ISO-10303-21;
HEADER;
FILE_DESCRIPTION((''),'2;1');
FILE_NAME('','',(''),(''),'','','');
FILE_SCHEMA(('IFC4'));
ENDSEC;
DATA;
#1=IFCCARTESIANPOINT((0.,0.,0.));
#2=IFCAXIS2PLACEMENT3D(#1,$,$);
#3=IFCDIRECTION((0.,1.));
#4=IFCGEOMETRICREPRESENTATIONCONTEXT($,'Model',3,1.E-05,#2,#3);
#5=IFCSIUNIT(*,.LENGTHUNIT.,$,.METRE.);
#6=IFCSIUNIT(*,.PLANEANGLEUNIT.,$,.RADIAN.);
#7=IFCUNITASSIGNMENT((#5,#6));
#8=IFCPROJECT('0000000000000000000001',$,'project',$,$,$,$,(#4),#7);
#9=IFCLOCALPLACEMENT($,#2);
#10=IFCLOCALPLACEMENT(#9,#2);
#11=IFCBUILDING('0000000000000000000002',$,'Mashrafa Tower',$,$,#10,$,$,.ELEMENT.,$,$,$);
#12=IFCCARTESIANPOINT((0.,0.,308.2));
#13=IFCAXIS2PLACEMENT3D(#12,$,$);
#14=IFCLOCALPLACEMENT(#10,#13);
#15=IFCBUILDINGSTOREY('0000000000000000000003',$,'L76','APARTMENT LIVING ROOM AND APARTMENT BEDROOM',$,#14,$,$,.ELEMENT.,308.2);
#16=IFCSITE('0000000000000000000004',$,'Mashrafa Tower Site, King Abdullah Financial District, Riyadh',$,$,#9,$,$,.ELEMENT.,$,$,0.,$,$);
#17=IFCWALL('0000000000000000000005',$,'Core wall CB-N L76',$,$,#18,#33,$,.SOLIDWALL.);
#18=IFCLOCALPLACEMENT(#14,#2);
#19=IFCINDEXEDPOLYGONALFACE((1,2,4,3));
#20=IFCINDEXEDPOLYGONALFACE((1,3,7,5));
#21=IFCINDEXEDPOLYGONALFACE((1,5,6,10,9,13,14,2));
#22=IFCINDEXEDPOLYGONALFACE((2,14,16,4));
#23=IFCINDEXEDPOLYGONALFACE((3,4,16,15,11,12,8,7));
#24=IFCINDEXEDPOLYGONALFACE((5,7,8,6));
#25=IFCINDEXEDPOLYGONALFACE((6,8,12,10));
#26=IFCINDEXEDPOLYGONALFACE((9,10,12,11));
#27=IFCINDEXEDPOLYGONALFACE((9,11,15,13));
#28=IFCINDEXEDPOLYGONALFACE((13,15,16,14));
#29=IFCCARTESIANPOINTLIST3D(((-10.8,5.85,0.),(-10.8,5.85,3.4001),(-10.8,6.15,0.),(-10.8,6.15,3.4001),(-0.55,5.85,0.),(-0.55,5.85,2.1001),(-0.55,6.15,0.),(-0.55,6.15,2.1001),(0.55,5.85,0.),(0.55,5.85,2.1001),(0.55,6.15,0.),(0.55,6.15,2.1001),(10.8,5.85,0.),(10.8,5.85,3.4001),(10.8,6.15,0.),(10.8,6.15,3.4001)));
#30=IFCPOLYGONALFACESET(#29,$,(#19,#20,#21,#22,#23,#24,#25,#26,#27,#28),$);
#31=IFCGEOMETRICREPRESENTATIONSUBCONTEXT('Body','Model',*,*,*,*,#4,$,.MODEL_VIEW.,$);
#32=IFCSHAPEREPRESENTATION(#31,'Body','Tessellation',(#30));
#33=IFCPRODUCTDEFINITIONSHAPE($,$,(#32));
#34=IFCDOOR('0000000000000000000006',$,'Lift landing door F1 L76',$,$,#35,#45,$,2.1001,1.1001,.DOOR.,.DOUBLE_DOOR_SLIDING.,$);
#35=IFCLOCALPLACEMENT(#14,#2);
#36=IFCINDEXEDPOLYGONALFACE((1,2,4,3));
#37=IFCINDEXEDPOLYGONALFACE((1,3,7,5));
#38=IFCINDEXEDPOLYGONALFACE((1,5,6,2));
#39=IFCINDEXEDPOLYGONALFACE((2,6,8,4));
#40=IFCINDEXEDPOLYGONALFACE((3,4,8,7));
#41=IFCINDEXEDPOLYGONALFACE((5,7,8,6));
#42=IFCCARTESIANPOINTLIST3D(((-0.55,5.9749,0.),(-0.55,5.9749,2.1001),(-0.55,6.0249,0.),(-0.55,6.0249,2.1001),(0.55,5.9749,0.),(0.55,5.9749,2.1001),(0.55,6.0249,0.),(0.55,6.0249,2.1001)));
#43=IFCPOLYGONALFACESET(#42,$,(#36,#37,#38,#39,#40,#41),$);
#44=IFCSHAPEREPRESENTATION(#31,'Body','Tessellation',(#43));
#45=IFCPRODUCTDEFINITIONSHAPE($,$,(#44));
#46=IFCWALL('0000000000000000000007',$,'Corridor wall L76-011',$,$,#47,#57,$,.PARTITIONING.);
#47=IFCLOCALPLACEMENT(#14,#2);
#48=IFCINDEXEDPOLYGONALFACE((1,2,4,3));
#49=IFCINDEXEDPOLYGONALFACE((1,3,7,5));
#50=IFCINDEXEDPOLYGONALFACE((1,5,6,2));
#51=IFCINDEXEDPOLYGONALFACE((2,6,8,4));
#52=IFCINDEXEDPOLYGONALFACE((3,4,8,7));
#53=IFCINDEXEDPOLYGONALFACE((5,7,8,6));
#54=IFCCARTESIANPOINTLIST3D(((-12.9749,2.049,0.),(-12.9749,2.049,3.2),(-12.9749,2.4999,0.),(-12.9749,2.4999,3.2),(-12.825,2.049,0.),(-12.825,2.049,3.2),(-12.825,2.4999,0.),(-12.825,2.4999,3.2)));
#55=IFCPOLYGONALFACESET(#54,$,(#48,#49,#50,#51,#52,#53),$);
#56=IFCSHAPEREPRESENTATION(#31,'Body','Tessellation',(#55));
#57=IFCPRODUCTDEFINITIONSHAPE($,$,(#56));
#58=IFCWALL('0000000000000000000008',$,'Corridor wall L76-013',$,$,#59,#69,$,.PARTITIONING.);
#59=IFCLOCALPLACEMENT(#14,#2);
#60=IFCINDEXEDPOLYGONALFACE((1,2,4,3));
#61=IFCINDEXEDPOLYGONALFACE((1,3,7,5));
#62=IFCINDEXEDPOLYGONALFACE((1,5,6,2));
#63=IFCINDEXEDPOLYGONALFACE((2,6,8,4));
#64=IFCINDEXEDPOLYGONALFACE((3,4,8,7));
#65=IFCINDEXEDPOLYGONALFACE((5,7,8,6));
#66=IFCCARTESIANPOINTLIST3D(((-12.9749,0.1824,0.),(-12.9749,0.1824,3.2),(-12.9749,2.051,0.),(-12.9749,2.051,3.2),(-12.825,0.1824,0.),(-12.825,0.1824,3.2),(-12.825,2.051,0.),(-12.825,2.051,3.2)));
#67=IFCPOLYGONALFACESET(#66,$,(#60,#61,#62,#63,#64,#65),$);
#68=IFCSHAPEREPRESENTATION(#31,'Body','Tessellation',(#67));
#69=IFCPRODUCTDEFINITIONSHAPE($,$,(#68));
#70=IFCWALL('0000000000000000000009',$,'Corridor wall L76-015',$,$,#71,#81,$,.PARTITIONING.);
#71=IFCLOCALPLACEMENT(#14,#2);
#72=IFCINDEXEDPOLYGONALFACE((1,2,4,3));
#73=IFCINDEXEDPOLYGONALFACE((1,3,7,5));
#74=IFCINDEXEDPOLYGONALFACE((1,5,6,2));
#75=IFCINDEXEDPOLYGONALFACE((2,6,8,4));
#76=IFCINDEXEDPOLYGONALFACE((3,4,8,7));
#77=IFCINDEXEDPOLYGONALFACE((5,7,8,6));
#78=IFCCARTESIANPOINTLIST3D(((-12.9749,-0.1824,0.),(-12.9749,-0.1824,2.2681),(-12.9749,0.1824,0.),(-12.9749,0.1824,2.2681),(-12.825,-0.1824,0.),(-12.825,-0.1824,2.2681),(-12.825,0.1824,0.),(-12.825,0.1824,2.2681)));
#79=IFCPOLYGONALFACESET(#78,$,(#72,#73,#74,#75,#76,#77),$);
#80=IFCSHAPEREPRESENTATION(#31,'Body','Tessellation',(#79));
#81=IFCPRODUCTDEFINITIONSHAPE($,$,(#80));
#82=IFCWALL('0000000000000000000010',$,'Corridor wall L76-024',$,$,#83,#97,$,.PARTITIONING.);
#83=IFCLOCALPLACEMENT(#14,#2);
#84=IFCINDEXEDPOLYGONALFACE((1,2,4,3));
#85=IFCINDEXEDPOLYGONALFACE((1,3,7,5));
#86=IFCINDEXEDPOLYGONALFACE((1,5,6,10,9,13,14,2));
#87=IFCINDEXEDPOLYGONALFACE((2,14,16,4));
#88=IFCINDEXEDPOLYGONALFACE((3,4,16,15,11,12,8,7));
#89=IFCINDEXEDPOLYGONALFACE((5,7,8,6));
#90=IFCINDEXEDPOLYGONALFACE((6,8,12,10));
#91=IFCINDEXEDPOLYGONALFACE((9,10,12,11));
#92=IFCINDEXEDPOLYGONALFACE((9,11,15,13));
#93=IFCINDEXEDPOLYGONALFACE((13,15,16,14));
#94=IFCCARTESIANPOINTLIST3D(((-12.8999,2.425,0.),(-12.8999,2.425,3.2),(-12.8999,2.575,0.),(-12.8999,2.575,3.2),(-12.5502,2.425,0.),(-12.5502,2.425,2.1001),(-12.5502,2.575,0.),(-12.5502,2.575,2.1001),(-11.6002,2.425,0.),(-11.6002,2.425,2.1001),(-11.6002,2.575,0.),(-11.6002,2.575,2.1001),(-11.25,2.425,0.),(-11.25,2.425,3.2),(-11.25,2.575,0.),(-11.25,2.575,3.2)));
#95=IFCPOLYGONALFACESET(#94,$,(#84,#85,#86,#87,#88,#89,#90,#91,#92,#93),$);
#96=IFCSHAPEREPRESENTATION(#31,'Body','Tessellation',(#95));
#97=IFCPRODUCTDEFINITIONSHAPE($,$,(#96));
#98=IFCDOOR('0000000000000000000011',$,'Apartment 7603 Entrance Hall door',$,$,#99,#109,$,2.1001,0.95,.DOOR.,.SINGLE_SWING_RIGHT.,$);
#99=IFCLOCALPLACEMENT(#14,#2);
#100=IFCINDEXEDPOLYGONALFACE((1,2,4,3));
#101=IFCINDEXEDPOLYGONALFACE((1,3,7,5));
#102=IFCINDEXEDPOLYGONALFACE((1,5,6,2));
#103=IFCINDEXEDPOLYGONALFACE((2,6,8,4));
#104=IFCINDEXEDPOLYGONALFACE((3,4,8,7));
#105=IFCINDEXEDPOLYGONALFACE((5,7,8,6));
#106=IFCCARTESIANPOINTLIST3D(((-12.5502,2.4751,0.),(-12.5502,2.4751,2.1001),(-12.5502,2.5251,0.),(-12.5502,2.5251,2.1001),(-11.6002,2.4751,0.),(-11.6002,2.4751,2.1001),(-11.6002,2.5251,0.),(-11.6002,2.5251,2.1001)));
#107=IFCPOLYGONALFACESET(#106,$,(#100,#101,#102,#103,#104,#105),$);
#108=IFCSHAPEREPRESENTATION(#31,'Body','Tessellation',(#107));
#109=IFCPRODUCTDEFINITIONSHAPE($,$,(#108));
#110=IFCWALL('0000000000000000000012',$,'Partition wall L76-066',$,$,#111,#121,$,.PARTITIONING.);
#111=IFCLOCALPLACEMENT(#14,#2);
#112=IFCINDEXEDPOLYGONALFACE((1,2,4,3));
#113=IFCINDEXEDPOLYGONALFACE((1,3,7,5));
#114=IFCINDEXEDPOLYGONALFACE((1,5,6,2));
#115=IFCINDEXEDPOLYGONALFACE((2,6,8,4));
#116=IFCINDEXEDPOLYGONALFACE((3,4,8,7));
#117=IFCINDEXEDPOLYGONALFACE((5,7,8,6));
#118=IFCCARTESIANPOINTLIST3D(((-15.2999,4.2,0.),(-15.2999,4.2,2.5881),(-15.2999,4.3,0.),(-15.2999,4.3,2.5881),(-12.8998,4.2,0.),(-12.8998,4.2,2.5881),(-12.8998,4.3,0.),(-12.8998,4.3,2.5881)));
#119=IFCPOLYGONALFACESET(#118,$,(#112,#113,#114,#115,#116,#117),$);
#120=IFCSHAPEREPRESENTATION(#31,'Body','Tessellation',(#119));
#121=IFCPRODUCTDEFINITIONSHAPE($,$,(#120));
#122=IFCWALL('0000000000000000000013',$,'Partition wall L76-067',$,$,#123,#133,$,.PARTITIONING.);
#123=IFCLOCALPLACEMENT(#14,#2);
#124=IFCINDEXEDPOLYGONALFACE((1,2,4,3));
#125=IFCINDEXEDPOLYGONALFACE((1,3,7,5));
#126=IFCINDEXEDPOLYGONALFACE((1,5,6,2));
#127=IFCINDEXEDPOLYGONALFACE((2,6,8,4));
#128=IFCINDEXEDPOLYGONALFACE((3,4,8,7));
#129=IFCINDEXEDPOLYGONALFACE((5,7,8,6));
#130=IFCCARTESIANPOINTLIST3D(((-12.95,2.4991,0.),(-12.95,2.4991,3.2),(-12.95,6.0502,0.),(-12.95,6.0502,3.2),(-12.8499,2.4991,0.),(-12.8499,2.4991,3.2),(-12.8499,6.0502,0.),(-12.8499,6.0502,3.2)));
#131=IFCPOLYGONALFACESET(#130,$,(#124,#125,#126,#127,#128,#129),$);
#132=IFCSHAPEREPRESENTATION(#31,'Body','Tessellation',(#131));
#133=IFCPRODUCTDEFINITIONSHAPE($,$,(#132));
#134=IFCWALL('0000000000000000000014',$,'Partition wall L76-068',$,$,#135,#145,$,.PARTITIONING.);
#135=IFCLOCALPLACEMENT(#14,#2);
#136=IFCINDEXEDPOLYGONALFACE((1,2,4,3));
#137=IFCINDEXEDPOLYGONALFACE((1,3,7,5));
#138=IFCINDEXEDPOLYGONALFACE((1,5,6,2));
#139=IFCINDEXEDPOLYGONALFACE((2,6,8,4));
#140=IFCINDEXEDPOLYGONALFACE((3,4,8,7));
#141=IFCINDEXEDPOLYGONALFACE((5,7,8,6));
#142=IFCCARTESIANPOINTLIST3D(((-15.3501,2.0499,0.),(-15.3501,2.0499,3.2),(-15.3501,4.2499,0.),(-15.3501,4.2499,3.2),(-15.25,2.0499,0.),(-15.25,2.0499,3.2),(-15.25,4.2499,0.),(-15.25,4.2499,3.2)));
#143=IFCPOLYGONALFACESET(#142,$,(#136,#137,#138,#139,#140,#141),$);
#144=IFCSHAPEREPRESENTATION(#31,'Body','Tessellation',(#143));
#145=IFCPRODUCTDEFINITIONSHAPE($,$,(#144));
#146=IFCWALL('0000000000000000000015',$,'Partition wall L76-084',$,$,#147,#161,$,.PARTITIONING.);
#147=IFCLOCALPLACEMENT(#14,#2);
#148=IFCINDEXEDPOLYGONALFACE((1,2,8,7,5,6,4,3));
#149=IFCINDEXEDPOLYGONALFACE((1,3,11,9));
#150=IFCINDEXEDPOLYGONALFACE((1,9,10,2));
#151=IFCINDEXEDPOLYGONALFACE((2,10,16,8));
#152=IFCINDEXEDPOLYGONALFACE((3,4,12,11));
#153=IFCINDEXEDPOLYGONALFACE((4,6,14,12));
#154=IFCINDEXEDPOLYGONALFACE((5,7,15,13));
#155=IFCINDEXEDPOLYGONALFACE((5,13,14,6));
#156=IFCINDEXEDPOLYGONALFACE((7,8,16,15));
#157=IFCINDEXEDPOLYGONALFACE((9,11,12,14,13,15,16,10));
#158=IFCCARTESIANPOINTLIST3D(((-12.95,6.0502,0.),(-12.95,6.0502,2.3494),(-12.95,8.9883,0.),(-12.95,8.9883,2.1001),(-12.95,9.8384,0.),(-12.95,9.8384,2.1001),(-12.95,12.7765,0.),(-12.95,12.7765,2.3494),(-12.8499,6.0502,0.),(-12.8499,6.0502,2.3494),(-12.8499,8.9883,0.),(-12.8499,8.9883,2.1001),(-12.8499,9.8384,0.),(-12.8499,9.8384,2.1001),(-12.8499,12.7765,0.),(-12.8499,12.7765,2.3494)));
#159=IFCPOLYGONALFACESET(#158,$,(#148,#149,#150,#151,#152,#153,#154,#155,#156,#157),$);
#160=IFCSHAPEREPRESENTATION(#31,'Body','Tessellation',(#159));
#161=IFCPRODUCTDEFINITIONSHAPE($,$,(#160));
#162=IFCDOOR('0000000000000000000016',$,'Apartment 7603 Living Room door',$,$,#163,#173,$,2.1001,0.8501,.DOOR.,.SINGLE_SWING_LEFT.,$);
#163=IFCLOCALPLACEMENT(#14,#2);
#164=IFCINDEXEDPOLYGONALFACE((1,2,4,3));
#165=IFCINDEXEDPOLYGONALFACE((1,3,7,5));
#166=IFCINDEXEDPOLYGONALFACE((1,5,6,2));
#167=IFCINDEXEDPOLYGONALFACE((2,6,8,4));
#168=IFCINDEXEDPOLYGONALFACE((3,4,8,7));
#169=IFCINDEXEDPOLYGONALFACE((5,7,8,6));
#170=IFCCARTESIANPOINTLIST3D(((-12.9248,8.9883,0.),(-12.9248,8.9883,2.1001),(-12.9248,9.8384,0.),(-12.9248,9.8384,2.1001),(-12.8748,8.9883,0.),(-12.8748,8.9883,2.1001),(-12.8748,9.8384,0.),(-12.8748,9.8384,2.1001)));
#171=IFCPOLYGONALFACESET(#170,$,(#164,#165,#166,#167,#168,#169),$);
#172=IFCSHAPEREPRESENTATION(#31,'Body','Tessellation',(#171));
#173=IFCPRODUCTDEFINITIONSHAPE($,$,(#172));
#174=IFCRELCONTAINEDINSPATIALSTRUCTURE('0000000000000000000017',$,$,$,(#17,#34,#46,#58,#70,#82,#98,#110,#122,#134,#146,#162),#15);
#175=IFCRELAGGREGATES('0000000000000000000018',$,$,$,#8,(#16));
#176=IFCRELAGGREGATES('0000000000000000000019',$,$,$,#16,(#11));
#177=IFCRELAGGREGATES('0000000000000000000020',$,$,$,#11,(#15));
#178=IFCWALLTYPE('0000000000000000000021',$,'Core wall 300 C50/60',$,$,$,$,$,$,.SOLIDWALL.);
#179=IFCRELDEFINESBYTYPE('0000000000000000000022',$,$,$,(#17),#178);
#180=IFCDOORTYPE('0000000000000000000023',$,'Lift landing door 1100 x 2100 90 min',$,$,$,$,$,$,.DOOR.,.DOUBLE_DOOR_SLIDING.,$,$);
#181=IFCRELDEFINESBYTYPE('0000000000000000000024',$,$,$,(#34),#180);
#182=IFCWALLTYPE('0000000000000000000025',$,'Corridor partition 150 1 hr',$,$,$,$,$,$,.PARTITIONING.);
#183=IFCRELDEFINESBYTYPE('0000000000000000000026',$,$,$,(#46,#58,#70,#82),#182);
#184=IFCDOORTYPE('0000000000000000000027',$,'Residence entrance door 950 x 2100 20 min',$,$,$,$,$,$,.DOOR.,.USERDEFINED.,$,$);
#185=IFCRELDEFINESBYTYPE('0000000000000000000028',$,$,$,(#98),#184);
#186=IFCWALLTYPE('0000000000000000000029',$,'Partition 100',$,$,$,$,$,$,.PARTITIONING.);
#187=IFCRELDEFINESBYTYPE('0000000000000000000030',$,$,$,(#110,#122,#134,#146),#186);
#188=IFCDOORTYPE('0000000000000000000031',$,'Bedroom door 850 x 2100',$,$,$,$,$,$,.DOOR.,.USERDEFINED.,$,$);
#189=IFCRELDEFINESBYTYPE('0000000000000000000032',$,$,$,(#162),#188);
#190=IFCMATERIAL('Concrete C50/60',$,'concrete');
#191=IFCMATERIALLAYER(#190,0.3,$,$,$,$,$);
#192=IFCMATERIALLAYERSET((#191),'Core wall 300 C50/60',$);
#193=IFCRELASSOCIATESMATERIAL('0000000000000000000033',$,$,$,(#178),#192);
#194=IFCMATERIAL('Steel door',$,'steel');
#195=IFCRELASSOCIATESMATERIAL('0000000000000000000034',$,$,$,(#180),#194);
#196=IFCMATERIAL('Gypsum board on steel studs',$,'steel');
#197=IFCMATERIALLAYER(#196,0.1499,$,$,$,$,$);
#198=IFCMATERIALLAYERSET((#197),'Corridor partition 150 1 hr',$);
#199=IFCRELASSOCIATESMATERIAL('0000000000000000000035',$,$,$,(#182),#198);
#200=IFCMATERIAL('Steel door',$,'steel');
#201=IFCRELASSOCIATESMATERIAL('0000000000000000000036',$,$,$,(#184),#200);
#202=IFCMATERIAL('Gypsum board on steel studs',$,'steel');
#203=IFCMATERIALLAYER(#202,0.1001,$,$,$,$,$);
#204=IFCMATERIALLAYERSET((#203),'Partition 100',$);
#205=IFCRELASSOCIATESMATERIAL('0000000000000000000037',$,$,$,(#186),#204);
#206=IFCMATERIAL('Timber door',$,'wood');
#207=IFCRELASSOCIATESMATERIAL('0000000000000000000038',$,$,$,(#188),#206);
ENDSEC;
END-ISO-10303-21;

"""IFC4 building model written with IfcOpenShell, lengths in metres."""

from ifc_helpers import new_model, si_unit, direction, frame, frame_2d, origin, place, context, subcontext, project, spatial, rectangle, extrude, material, layer, layer_set, type_object, element, fill, save


model = new_model("IFC4")

# Units and contexts
model_context = context("Model", 3, precision=1e-05, world=origin(), true_north=direction((0.0, 1.0)))
body_context = subcontext(model_context, "Body", "Model", "MODEL_VIEW")
ifc_project = project(units=[si_unit("LENGTHUNIT", "METRE"), si_unit("PLANEANGLEUNIT", "RADIAN")], contexts=[model_context])

# Site, building, storey
site_placement = place(None, origin())
site = spatial("IfcSite", under=ifc_project, at=site_placement, Name="Mashrafa Tower Site, King Abdullah Financial District, Riyadh", CompositionType="ELEMENT", RefElevation=0.0)
building_placement = place(site_placement, origin())
building = spatial("IfcBuilding", under=site, at=building_placement, Name="Mashrafa Tower", CompositionType="ELEMENT")
storey_placement = place(building_placement, frame((0.0, 0.0, 308.2)))
storey = spatial("IfcBuildingStorey", under=building, at=storey_placement, Name="L76", Description="APARTMENT LIVING ROOM AND APARTMENT BEDROOM", CompositionType="ELEMENT", Elevation=308.2)

# Shared definitions
ifc_material_1 = material(Name="Concrete C50/60", Category="concrete")
ifc_layer_1 = layer(ifc_material_1, 0.3)
ifc_layer_set_1 = layer_set([ifc_layer_1], Name="Core wall 300 C50/60")
wall_type_1 = type_object("IfcWallType", Name="Core wall 300 C50/60", PredefinedType="SOLIDWALL", material=ifc_layer_set_1)

# Wall, opening, door
wall_1_placement = place(storey_placement, frame((-10.8, 6.0, 0.0), z_axis=(0.0, 0.0, 1.0), x_axis=(1.0, 0.0, 0.0)))
wall_1 = element("IfcWall", 1, at=wall_1_placement, inside=storey, type_object=wall_type_1, Name="Core wall CB-N L76", PredefinedType="SOLIDWALL", context=body_context, shape_type="SweptSolid", body=[
    extrude(rectangle(XDim=21.6001, YDim=0.3, at=frame_2d((10.8, 0.0))), origin(), (0.0, 0.0, 1.0), 3.4001),
])
opening_1_placement = place(wall_1_placement, frame((10.25, 0.0, 0.0)))
opening_1 = element("IfcOpeningElement", 2, at=opening_1_placement, cuts=wall_1, PredefinedType="OPENING", context=body_context, shape_type="SweptSolid", body=[
    extrude(rectangle(XDim=1.1001, YDim=2.1001, at=frame_2d((0.55, 1.05))), frame((0.0, 0.1599, 0.0), z_axis=(0.0, -1.0, 0.0), x_axis=(1.0, 0.0, 0.0)), (0.0, 0.0, 1.0), 0.3201),
])
ifc_material_2 = material(Name="Steel door", Category="steel")
door_type_1 = type_object("IfcDoorType", Name="Lift landing door 1100 x 2100 90 min", OperationType="DOUBLE_DOOR_SLIDING", PredefinedType="DOOR", material=ifc_material_2)
door_1_placement = place(opening_1_placement, origin())
door_1 = element("IfcDoor", 3, at=door_1_placement, inside=storey, type_object=door_type_1, Name="Lift landing door F1 L76", OperationType="DOUBLE_DOOR_SLIDING", OverallHeight=2.1001, OverallWidth=1.1001, PredefinedType="DOOR", context=body_context, shape_type="SweptSolid", body=[
    extrude(rectangle(XDim=1.1001, YDim=2.1001, at=frame_2d((0.55, 1.05))), frame((0.0, 0.0249, 0.0), z_axis=(0.0, -1.0, 0.0), x_axis=(1.0, 0.0, 0.0)), (0.0, 0.0, 1.0), 0.05),
])
fill(opening_1, door_1)

# Walls
ifc_material_3 = material(Name="Gypsum board on steel studs", Category="steel")
ifc_layer_2 = layer(ifc_material_3, 0.1499)
ifc_layer_set_2 = layer_set([ifc_layer_2], Name="Corridor partition 150 1 hr")
wall_type_2 = type_object("IfcWallType", Name="Corridor partition 150 1 hr", PredefinedType="PARTITIONING", material=ifc_layer_set_2)
wall_2_placement = place(storey_placement, frame((-12.8999, 2.5, 0.0), z_axis=(0.0, 0.0, 1.0), x_axis=(0.0, -1.0, 0.0)))
element("IfcWall", 4, at=wall_2_placement, inside=storey, type_object=wall_type_2, Name="Corridor wall L76-011", PredefinedType="PARTITIONING", context=body_context, shape_type="SweptSolid", body=[
    extrude(rectangle(XDim=0.4509, YDim=0.1499, at=frame_2d((0.2256, 0.0))), origin(), (0.0, 0.0, 1.0), 3.2),
])
wall_3_placement = place(storey_placement, frame((-12.8999, 2.051, 0.0), z_axis=(0.0, 0.0, 1.0), x_axis=(0.0, -1.0, 0.0)))
element("IfcWall", 5, at=wall_3_placement, inside=storey, type_object=wall_type_2, Name="Corridor wall L76-013", PredefinedType="PARTITIONING", context=body_context, shape_type="SweptSolid", body=[
    extrude(rectangle(XDim=1.8687, YDim=0.1499, at=frame_2d((0.9343, 0.0))), origin(), (0.0, 0.0, 1.0), 3.2),
])
wall_4_placement = place(storey_placement, frame((-12.8999, 0.1824, 0.0), z_axis=(0.0, 0.0, 1.0), x_axis=(0.0, -1.0, 0.0)))
element("IfcWall", 6, at=wall_4_placement, inside=storey, type_object=wall_type_2, Name="Corridor wall L76-015", PredefinedType="PARTITIONING", context=body_context, shape_type="SweptSolid", body=[
    extrude(rectangle(XDim=0.3647, YDim=0.1499, at=frame_2d((0.1824, 0.0))), origin(), (0.0, 0.0, 1.0), 2.2681),
])

# Wall, opening, door
wall_5_placement = place(storey_placement, frame((-11.25, 2.5, 0.0), z_axis=(0.0, 0.0, 1.0), x_axis=(-1.0, 0.0, 0.0)))
wall_5 = element("IfcWall", 7, at=wall_5_placement, inside=storey, type_object=wall_type_2, Name="Corridor wall L76-024", PredefinedType="PARTITIONING", context=body_context, shape_type="SweptSolid", body=[
    extrude(rectangle(XDim=1.6499, YDim=0.1499, at=frame_2d((0.825, 0.0))), origin(), (0.0, 0.0, 1.0), 3.2),
])
opening_2_placement = place(wall_5_placement, frame((0.3501, 0.0, 0.0)))
opening_2 = element("IfcOpeningElement", 8, at=opening_2_placement, cuts=wall_5, PredefinedType="OPENING", context=body_context, shape_type="SweptSolid", body=[
    extrude(rectangle(XDim=0.95, YDim=2.1001, at=frame_2d((0.4751, 1.05))), frame((0.0, 0.085, 0.0), z_axis=(0.0, -1.0, 0.0), x_axis=(1.0, 0.0, 0.0)), (0.0, 0.0, 1.0), 0.1699),
])
ifc_material_4 = material(Name="Steel door", Category="steel")
door_type_2 = type_object("IfcDoorType", Name="Residence entrance door 950 x 2100 20 min", OperationType="USERDEFINED", PredefinedType="DOOR", material=ifc_material_4)
door_2_placement = place(opening_2_placement, origin())
door_2 = element("IfcDoor", 9, at=door_2_placement, inside=storey, type_object=door_type_2, Name="Apartment 7603 Entrance Hall door", OperationType="SINGLE_SWING_RIGHT", OverallHeight=2.1001, OverallWidth=0.95, PredefinedType="DOOR", context=body_context, shape_type="SweptSolid", body=[
    extrude(rectangle(XDim=0.95, YDim=2.1001, at=frame_2d((0.4751, 1.05))), frame((0.0, 0.0249, 0.0), z_axis=(0.0, -1.0, 0.0), x_axis=(1.0, 0.0, 0.0)), (0.0, 0.0, 1.0), 0.05),
])
fill(opening_2, door_2)

# Walls
ifc_material_5 = material(Name="Gypsum board on steel studs", Category="steel")
ifc_layer_3 = layer(ifc_material_5, 0.1001)
ifc_layer_set_3 = layer_set([ifc_layer_3], Name="Partition 100")
wall_type_3 = type_object("IfcWallType", Name="Partition 100", PredefinedType="PARTITIONING", material=ifc_layer_set_3)
wall_6_placement = place(storey_placement, frame((-15.3, 4.25, 0.0), z_axis=(0.0, 0.0, 1.0), x_axis=(1.0, 0.0, 0.0)))
element("IfcWall", 10, at=wall_6_placement, inside=storey, type_object=wall_type_3, Name="Partition wall L76-066", PredefinedType="PARTITIONING", context=body_context, shape_type="SweptSolid", body=[
    extrude(rectangle(XDim=2.4001, YDim=0.1001, at=frame_2d((1.2002, 0.0))), origin(), (0.0, 0.0, 1.0), 2.5881),
])
wall_7_placement = place(storey_placement, frame((-12.8999, 6.05, 0.0), z_axis=(0.0, 0.0, 1.0), x_axis=(0.0, -1.0, 0.0)))
element("IfcWall", 11, at=wall_7_placement, inside=storey, type_object=wall_type_3, Name="Partition wall L76-067", PredefinedType="PARTITIONING", context=body_context, shape_type="SweptSolid", body=[
    extrude(rectangle(XDim=3.551, YDim=0.1001, at=frame_2d((1.7754, 0.0))), origin(), (0.0, 0.0, 1.0), 3.2),
])
wall_8_placement = place(storey_placement, frame((-15.3, 4.25, 0.0), z_axis=(0.0, 0.0, 1.0), x_axis=(0.0, -1.0, 0.0)))
element("IfcWall", 12, at=wall_8_placement, inside=storey, type_object=wall_type_3, Name="Partition wall L76-068", PredefinedType="PARTITIONING", context=body_context, shape_type="SweptSolid", body=[
    extrude(rectangle(XDim=2.2, YDim=0.1001, at=frame_2d((1.1001, 0.0))), origin(), (0.0, 0.0, 1.0), 3.2),
])

# Wall, opening, door
wall_9_placement = place(storey_placement, frame((-12.8999, 6.05, 0.0), z_axis=(0.0, 0.0, 1.0), x_axis=(0.0, 1.0, 0.0)))
wall_9 = element("IfcWall", 13, at=wall_9_placement, inside=storey, type_object=wall_type_3, Name="Partition wall L76-084", PredefinedType="PARTITIONING", context=body_context, shape_type="SweptSolid", body=[
    extrude(rectangle(XDim=6.7263, YDim=0.1001, at=frame_2d((3.3633, 0.0))), origin(), (0.0, 0.0, 1.0), 2.3494),
])
opening_3_placement = place(wall_9_placement, frame((2.9382, 0.0, 0.0)))
opening_3 = element("IfcOpeningElement", 14, at=opening_3_placement, cuts=wall_9, PredefinedType="OPENING", context=body_context, shape_type="SweptSolid", body=[
    extrude(rectangle(XDim=0.8501, YDim=2.1001, at=frame_2d((0.425, 1.05))), frame((0.0, 0.0601, 0.0), z_axis=(0.0, -1.0, 0.0), x_axis=(1.0, 0.0, 0.0)), (0.0, 0.0, 1.0), 0.1201),
])
ifc_material_6 = material(Name="Timber door", Category="wood")
door_type_3 = type_object("IfcDoorType", Name="Bedroom door 850 x 2100", OperationType="USERDEFINED", PredefinedType="DOOR", material=ifc_material_6)
door_3_placement = place(opening_3_placement, origin())
door_3 = element("IfcDoor", 15, at=door_3_placement, inside=storey, type_object=door_type_3, Name="Apartment 7603 Living Room door", OperationType="SINGLE_SWING_LEFT", OverallHeight=2.1001, OverallWidth=0.8501, PredefinedType="DOOR", context=body_context, shape_type="SweptSolid", body=[
    extrude(rectangle(XDim=0.8501, YDim=2.1001, at=frame_2d((0.425, 1.05))), frame((0.0, 0.0249, 0.0), z_axis=(0.0, -1.0, 0.0), x_axis=(1.0, 0.0, 0.0)), (0.0, 0.0, 1.0), 0.05),
])
fill(opening_3, door_3)

save(model, "model.ifc")
